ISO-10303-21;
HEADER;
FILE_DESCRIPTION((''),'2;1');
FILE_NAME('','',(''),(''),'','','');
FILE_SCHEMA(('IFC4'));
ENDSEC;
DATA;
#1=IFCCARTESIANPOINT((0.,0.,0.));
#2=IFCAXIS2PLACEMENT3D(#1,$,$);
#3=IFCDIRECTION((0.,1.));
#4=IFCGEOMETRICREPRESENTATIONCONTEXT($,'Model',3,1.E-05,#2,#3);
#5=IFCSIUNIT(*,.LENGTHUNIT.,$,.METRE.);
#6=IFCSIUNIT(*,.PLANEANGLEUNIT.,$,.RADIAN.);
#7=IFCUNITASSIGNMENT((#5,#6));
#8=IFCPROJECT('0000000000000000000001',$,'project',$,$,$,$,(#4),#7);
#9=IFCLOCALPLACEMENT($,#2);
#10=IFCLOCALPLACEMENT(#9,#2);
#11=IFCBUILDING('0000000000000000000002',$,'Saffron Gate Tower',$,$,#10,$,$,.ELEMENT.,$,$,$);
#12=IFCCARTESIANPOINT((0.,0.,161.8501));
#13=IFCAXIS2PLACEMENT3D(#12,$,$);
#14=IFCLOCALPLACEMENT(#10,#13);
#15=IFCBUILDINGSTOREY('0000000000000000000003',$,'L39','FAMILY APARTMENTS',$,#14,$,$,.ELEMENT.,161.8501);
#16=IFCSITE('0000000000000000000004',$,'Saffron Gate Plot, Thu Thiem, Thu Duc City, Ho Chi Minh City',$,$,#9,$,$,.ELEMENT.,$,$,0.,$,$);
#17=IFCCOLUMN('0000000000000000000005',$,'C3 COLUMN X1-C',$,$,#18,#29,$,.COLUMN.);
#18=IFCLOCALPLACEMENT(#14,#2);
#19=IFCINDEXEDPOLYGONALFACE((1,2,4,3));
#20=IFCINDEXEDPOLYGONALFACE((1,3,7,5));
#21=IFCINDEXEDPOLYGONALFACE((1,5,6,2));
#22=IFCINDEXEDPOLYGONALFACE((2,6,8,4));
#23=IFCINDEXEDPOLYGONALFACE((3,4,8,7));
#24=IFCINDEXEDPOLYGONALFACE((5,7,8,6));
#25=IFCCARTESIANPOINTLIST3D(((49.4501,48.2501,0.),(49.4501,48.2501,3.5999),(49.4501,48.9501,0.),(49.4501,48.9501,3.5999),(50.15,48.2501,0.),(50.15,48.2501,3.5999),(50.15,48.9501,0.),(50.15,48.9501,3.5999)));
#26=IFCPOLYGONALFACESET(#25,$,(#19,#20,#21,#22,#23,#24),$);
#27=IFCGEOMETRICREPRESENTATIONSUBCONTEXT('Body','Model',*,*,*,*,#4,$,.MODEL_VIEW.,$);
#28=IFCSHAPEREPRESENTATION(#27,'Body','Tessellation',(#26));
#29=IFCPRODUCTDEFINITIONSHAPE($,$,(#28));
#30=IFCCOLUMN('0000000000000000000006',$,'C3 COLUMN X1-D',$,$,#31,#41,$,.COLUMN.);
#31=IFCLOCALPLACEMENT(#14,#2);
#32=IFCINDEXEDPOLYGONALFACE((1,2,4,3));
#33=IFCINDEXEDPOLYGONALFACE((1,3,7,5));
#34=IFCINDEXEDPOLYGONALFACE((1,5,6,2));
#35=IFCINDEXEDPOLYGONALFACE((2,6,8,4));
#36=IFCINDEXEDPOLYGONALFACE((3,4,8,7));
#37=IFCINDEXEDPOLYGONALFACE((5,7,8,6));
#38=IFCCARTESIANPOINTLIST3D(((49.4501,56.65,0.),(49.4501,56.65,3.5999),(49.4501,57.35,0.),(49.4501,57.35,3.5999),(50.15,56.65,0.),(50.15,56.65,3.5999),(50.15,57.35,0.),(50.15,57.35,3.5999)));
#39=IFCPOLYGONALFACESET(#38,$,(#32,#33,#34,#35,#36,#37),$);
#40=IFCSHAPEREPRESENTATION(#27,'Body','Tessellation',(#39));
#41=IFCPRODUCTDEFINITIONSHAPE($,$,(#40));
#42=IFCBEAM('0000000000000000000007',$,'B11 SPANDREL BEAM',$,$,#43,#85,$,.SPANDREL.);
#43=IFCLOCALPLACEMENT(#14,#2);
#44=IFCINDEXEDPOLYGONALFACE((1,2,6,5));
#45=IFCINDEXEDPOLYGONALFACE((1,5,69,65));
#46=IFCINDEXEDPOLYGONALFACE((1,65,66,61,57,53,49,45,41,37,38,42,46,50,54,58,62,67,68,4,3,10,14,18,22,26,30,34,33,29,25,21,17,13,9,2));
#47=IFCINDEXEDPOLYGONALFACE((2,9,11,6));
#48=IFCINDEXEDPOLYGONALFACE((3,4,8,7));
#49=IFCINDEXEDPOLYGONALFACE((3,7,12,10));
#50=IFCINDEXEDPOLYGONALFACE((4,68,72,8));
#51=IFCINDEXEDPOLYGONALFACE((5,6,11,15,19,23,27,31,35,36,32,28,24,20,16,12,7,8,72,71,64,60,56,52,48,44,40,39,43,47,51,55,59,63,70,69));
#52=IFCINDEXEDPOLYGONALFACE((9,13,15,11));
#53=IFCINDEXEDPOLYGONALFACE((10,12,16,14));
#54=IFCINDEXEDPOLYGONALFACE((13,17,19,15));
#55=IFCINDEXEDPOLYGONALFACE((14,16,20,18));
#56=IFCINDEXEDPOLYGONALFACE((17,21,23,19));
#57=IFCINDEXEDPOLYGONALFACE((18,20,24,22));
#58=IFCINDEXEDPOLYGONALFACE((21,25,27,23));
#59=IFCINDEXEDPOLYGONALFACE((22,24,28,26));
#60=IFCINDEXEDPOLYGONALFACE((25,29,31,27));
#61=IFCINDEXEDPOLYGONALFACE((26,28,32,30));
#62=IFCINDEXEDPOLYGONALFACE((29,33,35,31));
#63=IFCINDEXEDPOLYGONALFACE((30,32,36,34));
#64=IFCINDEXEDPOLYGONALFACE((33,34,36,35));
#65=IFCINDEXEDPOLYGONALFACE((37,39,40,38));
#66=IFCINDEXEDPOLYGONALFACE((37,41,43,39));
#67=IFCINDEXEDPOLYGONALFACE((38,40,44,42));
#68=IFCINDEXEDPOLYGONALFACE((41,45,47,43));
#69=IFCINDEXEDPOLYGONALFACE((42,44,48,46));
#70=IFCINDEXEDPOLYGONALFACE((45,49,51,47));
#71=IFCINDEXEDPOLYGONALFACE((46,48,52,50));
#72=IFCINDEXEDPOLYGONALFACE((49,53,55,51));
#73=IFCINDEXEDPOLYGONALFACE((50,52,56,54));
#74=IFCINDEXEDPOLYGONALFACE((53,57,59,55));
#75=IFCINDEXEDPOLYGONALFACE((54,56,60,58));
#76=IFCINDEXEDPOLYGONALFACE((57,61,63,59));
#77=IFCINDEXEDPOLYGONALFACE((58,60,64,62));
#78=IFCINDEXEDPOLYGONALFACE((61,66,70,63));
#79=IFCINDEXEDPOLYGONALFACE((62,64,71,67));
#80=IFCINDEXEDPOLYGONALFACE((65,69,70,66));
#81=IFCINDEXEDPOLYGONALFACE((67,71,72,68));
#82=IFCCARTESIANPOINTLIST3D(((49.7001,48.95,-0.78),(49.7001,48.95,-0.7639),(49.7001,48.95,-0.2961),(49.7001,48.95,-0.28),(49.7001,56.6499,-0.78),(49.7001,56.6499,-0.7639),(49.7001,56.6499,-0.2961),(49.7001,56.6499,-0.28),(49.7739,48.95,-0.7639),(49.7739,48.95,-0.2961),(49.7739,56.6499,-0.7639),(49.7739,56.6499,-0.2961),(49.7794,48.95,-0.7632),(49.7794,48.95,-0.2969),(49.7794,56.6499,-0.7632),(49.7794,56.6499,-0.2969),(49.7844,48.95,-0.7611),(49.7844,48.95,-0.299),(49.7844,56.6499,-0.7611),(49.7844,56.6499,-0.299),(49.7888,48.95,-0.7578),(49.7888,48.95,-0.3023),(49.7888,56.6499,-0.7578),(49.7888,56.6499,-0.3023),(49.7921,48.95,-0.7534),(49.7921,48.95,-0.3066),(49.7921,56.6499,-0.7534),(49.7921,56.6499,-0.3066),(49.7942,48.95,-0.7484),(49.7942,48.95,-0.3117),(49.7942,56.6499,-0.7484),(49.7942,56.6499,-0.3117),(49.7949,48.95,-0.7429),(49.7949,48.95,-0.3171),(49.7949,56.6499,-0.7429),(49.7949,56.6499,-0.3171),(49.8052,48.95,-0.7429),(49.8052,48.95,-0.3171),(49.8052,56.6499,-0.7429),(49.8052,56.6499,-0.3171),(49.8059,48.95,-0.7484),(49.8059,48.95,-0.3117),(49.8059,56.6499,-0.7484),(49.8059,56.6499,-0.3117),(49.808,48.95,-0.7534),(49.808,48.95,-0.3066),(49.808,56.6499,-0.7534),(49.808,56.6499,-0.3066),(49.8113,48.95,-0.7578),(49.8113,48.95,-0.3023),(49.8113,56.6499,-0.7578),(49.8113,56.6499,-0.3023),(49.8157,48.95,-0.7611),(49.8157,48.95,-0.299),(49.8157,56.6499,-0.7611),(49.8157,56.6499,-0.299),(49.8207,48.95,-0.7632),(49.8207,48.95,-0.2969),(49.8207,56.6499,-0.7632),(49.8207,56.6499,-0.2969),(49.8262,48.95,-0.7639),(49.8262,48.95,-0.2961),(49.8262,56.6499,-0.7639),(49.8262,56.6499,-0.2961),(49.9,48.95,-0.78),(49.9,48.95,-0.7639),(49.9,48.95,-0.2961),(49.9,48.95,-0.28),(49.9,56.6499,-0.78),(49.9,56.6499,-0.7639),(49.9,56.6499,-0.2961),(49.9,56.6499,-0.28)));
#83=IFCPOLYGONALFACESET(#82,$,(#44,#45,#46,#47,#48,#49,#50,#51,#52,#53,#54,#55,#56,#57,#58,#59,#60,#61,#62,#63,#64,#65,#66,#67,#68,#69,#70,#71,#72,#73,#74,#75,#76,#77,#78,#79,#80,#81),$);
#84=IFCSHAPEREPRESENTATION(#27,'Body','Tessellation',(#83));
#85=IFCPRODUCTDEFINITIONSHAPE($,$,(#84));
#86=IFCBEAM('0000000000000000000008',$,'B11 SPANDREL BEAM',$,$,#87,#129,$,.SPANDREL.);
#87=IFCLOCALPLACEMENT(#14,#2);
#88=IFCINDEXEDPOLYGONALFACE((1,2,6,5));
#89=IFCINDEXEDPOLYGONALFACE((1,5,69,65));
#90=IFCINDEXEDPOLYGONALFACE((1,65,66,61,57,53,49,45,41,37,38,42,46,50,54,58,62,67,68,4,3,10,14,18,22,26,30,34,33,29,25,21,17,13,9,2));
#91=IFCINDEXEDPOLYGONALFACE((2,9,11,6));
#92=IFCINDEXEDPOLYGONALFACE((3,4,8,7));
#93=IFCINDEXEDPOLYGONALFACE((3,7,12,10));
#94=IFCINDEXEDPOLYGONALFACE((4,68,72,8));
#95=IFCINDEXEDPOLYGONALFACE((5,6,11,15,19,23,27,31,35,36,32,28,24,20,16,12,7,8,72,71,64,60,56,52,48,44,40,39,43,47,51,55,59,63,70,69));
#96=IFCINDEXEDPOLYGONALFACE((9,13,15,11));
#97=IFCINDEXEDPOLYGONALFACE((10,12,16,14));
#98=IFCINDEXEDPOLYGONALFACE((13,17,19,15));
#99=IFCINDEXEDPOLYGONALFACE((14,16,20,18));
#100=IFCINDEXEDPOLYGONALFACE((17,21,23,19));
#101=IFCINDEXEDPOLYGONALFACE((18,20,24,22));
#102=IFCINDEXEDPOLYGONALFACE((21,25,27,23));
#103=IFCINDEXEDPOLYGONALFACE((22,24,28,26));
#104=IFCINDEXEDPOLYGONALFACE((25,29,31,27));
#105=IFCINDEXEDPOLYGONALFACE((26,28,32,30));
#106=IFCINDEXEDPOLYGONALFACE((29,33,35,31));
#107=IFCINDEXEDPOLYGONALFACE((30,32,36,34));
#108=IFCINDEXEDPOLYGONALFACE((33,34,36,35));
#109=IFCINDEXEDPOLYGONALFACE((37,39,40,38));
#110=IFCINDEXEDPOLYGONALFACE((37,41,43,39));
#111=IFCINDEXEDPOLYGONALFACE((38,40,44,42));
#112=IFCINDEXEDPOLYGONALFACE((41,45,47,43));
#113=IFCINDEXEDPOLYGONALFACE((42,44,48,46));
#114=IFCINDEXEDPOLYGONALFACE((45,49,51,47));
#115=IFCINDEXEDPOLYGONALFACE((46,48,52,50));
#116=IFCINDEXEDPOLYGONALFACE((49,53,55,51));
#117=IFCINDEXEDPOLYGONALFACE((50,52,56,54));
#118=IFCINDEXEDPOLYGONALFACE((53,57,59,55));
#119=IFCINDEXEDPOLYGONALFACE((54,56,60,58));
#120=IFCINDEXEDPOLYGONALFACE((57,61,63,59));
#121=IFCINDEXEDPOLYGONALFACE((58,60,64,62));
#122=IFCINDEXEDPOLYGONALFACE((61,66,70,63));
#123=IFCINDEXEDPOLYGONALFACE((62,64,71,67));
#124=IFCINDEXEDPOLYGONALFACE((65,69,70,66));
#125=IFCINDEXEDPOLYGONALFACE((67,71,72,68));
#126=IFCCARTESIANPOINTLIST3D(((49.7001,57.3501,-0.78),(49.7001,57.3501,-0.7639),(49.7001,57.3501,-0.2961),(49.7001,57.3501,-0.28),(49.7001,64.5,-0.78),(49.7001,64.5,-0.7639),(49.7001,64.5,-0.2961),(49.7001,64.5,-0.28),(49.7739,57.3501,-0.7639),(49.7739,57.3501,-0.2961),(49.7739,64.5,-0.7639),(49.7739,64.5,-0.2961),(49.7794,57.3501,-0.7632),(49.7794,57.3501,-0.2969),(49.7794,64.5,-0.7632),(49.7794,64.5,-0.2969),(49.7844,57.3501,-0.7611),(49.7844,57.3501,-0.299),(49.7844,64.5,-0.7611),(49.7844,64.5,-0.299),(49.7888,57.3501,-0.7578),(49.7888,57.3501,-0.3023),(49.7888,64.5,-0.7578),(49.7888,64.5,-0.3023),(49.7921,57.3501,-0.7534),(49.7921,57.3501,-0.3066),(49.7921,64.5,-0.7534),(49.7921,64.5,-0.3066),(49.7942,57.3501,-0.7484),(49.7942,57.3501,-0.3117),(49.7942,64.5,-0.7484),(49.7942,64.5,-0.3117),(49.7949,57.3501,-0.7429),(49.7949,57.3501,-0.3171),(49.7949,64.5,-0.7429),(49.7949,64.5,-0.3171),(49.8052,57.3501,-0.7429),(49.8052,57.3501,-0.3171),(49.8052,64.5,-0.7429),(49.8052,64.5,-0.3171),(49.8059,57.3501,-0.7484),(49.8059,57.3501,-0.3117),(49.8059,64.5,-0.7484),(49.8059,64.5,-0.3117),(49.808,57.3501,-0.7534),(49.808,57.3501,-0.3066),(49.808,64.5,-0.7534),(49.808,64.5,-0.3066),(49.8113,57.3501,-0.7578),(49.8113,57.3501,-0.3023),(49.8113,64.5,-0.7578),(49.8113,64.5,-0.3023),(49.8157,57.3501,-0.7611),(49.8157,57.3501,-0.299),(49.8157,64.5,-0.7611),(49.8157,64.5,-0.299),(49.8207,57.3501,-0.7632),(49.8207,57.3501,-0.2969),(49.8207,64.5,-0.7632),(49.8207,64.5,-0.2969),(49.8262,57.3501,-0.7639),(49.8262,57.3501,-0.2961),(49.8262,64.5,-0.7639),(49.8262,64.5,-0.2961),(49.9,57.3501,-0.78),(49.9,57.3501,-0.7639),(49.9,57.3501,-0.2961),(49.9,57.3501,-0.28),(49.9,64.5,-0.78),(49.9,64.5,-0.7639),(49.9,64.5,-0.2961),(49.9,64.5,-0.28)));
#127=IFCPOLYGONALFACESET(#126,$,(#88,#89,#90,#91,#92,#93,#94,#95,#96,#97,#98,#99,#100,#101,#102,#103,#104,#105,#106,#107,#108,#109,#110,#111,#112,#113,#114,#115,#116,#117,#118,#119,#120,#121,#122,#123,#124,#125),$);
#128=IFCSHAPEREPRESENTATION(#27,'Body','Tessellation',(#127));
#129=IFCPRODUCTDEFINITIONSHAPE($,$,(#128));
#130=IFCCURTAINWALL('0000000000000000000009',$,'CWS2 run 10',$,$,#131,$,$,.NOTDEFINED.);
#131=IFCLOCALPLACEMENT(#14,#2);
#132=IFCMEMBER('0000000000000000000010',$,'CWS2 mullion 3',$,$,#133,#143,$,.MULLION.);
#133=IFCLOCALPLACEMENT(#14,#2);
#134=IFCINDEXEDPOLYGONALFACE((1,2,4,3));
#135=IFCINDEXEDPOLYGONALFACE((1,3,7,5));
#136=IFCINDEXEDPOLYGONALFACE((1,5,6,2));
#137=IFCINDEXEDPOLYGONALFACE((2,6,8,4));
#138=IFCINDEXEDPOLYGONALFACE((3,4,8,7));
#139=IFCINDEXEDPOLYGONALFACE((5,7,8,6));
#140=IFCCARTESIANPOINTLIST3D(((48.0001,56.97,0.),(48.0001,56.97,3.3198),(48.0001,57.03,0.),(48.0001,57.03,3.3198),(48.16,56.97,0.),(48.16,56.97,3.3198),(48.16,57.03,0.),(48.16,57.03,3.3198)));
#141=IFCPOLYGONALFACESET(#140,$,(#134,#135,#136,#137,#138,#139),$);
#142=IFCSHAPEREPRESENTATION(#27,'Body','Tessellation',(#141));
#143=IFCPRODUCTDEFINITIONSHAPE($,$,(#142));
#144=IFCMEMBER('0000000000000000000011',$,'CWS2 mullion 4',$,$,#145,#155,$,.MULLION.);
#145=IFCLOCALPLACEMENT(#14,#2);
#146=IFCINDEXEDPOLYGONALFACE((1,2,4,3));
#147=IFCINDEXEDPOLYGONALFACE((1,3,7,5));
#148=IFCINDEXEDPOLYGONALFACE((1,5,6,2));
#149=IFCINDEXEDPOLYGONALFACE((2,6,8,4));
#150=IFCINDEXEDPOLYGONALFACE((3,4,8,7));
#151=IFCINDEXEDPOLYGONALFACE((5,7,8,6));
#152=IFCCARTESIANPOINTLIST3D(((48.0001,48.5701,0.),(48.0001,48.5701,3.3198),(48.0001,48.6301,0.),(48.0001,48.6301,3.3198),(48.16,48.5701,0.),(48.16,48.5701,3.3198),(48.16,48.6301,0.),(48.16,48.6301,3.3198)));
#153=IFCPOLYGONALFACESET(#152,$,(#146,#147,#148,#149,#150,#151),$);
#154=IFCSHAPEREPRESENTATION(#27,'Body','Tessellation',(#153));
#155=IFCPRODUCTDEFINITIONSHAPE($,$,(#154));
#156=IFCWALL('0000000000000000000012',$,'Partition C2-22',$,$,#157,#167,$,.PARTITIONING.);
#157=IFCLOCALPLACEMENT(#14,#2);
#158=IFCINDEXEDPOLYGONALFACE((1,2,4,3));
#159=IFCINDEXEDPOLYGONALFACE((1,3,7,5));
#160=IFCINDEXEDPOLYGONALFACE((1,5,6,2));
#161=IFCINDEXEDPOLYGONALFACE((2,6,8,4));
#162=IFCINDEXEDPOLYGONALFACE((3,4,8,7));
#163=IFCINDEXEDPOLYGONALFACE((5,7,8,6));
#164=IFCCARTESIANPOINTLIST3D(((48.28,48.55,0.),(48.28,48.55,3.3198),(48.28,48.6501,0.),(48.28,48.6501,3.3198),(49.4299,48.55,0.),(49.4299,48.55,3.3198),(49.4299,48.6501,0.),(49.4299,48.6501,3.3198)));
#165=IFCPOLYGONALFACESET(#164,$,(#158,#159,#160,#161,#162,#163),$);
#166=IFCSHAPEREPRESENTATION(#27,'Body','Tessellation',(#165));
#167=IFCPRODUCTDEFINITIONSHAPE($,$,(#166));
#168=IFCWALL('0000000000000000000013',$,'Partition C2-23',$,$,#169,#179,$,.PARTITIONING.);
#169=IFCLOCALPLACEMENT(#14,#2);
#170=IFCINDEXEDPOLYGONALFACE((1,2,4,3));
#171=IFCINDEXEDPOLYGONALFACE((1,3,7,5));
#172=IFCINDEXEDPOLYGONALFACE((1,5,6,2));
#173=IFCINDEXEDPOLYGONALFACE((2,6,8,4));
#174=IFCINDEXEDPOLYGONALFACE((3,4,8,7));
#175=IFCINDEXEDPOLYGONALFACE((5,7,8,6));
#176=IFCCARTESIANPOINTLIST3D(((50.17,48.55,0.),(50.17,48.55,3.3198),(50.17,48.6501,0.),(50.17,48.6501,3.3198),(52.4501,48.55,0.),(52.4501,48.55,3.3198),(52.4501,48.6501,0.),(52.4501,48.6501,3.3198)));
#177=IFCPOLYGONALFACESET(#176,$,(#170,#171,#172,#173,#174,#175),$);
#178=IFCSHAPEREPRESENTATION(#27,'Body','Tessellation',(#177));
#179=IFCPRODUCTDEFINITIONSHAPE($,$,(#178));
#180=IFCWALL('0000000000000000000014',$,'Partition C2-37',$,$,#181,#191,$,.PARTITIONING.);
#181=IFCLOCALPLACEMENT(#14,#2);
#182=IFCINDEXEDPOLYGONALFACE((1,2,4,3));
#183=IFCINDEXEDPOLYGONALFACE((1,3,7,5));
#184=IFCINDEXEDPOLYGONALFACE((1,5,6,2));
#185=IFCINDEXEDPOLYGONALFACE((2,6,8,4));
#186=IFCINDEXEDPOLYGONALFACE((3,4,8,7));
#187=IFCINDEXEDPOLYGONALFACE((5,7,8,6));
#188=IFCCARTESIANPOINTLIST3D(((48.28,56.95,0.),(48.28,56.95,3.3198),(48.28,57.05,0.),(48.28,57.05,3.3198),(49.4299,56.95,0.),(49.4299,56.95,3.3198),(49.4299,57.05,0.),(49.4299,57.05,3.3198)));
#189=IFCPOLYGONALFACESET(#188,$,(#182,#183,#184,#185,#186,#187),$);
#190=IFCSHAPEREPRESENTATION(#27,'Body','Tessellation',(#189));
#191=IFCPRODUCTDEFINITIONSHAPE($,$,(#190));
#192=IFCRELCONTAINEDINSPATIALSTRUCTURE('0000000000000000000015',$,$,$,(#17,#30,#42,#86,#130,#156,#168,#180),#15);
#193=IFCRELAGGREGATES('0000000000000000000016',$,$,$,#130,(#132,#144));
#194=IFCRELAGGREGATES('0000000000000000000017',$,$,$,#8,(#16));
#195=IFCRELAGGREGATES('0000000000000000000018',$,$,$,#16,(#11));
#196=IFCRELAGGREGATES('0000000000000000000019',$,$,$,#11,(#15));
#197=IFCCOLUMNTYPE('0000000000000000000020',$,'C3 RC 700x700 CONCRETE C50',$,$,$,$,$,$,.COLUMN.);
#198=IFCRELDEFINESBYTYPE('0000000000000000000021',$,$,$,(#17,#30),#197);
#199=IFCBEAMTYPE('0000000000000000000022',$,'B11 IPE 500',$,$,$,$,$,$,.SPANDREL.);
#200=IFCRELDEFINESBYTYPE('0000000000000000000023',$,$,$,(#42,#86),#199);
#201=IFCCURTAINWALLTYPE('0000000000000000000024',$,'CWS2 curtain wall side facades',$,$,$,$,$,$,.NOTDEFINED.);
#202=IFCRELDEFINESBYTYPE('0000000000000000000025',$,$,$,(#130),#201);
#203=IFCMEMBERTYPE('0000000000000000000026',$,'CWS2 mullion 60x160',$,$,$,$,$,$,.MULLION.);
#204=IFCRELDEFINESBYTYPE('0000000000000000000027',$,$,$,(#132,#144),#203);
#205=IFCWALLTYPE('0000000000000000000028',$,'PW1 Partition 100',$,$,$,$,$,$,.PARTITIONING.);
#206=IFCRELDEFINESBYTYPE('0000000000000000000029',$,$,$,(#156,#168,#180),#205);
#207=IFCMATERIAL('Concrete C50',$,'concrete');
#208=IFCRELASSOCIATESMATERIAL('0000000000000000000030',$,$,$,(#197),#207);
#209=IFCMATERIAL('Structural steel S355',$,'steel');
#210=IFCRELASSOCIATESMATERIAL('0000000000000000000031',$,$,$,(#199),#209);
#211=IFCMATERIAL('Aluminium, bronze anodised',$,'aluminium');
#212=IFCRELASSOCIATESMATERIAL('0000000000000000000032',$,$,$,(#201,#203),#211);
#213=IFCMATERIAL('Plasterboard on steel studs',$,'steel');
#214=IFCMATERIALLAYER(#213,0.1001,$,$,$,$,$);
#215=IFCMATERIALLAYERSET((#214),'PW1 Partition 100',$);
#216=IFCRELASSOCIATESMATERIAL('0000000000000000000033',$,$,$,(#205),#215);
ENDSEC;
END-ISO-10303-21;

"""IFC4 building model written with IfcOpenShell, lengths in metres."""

from ifc_helpers import new_model, si_unit, direction, frame, frame_2d, origin, origin_2d, place, context, subcontext, project, spatial, rectangle, i_section, extrude, material, layer, layer_set, material_profile, profile_set, type_object, element, aggregate, save


model = new_model("IFC4")

# Units and contexts
model_context = context("Model", 3, precision=1e-05, world=origin(), true_north=direction((0.0, 1.0)))
body_context = subcontext(model_context, "Body", "Model", "MODEL_VIEW")
ifc_project = project(units=[si_unit("LENGTHUNIT", "METRE"), si_unit("PLANEANGLEUNIT", "RADIAN")], contexts=[model_context])

# Site, building, storey
site_placement = place(None, origin())
site = spatial("IfcSite", under=ifc_project, at=site_placement, Name="Saffron Gate Plot, Thu Thiem, Thu Duc City, Ho Chi Minh City", CompositionType="ELEMENT", RefElevation=0.0)
building_placement = place(site_placement, origin())
building = spatial("IfcBuilding", under=site, at=building_placement, Name="Saffron Gate Tower", CompositionType="ELEMENT")
storey_placement = place(building_placement, frame((0.0, 0.0, 161.8501)))
storey = spatial("IfcBuildingStorey", under=building, at=storey_placement, Name="L39", Description="FAMILY APARTMENTS", CompositionType="ELEMENT", Elevation=161.8501)

# Columns
ifc_material_1 = material(Name="Concrete C50", Category="concrete")
ifc_material_profile_1 = material_profile(ifc_material_1, rectangle(XDim=0.7, YDim=0.7, at=origin_2d()))
ifc_profile_set_1 = profile_set([ifc_material_profile_1], Name="Concrete C50")
column_type = type_object("IfcColumnType", Name="C3 RC 700x700 CONCRETE C50", PredefinedType="COLUMN", material=ifc_profile_set_1)
for number, where, z_axis, x_axis, name in (
    (1, (49.8, 48.6001, 0.0), (0.0, 0.0, 1.0), (1.0, 0.0, 0.0), "C3 COLUMN X1-C"),
    (2, (49.8, 57.0, 0.0), (0.0, 0.0, 1.0), (1.0, 0.0, 0.0), "C3 COLUMN X1-D"),
):
    element("IfcColumn", number, at=place(storey_placement, frame(where, z_axis=z_axis, x_axis=x_axis)), inside=storey, type_object=column_type, Name=name, PredefinedType="COLUMN", context=body_context, shape_type="SweptSolid", body=[
        extrude(rectangle(XDim=0.7, YDim=0.7, at=origin_2d()), origin(), (0.0, 0.0, 1.0), 3.5999),
    ])

# Beams
ifc_material_2 = material(Name="Structural steel S355", Category="steel")
ifc_material_profile_2 = material_profile(ifc_material_2, i_section(OverallWidth=0.2, OverallDepth=0.5, WebThickness=0.0103, FlangeThickness=0.0161, FilletRadius=0.021, at=origin_2d()))
ifc_profile_set_2 = profile_set([ifc_material_profile_2], Name="Structural steel S355")
beam_type = type_object("IfcBeamType", Name="B11 IPE 500", PredefinedType="SPANDREL", material=ifc_profile_set_2)
beam_1_placement = place(storey_placement, frame((49.8, 48.95, -0.53), z_axis=(0.0, 1.0, 0.0), x_axis=(-1.0, 0.0, 0.0)))
element("IfcBeam", 3, at=beam_1_placement, inside=storey, type_object=beam_type, Name="B11 SPANDREL BEAM", PredefinedType="SPANDREL", context=body_context, shape_type="SweptSolid", body=[
    extrude(i_section(OverallWidth=0.2, OverallDepth=0.5, WebThickness=0.0103, FlangeThickness=0.0161, FilletRadius=0.021, at=origin_2d()), origin(), (0.0, 0.0, 1.0), 7.7),
])
beam_2_placement = place(storey_placement, frame((49.8, 57.3501, -0.53), z_axis=(0.0, 1.0, 0.0), x_axis=(-1.0, 0.0, 0.0)))
element("IfcBeam", 4, at=beam_2_placement, inside=storey, type_object=beam_type, Name="B11 SPANDREL BEAM", PredefinedType="SPANDREL", context=body_context, shape_type="SweptSolid", body=[
    extrude(i_section(OverallWidth=0.2, OverallDepth=0.5, WebThickness=0.0103, FlangeThickness=0.0161, FilletRadius=0.021, at=origin_2d()), origin(), (0.0, 0.0, 1.0), 7.1499),
])

# Curtain wall, members
ifc_material_3 = material(Name="Aluminium, bronze anodised", Category="aluminium")
curtain_wall_type = type_object("IfcCurtainWallType", Name="CWS2 curtain wall side facades", PredefinedType="NOTDEFINED", material=ifc_material_3)
curtain_wall_placement = place(storey_placement, origin())
curtain_wall = element("IfcCurtainWall", 5, at=curtain_wall_placement, inside=storey, type_object=curtain_wall_type, Name="CWS2 run 10", PredefinedType="NOTDEFINED")
ifc_material_profile_3 = material_profile(ifc_material_3, rectangle(XDim=0.1599, YDim=0.0601, at=origin_2d()))
ifc_profile_set_3 = profile_set([ifc_material_profile_3], Name="Aluminium, bronze anodised")
member_type = type_object("IfcMemberType", Name="CWS2 mullion 60x160", PredefinedType="MULLION", material=ifc_profile_set_3)
member_1_placement = place(storey_placement, frame((48.0801, 57.0, 0.0), z_axis=(0.0, 0.0, 1.0), x_axis=(1.0, 0.0, 0.0)))
member_1 = element("IfcMember", 6, at=member_1_placement, type_object=member_type, Name="CWS2 mullion 3", PredefinedType="MULLION", context=body_context, shape_type="SweptSolid", body=[
    extrude(rectangle(XDim=0.1599, YDim=0.0601, at=origin_2d()), origin(), (0.0, 0.0, 1.0), 3.3198),
])
member_2_placement = place(storey_placement, frame((48.0801, 48.6001, 0.0), z_axis=(0.0, 0.0, 1.0), x_axis=(1.0, 0.0, 0.0)))
member_2 = element("IfcMember", 7, at=member_2_placement, type_object=member_type, Name="CWS2 mullion 4", PredefinedType="MULLION", context=body_context, shape_type="SweptSolid", body=[
    extrude(rectangle(XDim=0.1599, YDim=0.0601, at=origin_2d()), origin(), (0.0, 0.0, 1.0), 3.3198),
])
aggregate(curtain_wall, [member_1, member_2])

# Walls
ifc_material_4 = material(Name="Plasterboard on steel studs", Category="steel")
ifc_layer_1 = layer(ifc_material_4, 0.1001)
ifc_layer_set_1 = layer_set([ifc_layer_1], Name="PW1 Partition 100")
wall_type_1 = type_object("IfcWallType", Name="PW1 Partition 100", PredefinedType="PARTITIONING", material=ifc_layer_set_1)
wall_1_placement = place(storey_placement, frame((48.28, 48.6001, 0.0), z_axis=(0.0, 0.0, 1.0), x_axis=(1.0, 0.0, 0.0)))
element("IfcWall", 8, at=wall_1_placement, inside=storey, type_object=wall_type_1, Name="Partition C2-22", PredefinedType="PARTITIONING", context=body_context, shape_type="SweptSolid", body=[
    extrude(rectangle(XDim=1.1499, YDim=0.1001, at=frame_2d((0.575, 0.0))), origin(), (0.0, 0.0, 1.0), 3.3198),
])
wall_2_placement = place(storey_placement, frame((50.1699, 48.6001, 0.0), z_axis=(0.0, 0.0, 1.0), x_axis=(1.0, 0.0, 0.0)))
element("IfcWall", 9, at=wall_2_placement, inside=storey, type_object=wall_type_1, Name="Partition C2-23", PredefinedType="PARTITIONING", context=body_context, shape_type="SweptSolid", body=[
    extrude(rectangle(XDim=2.28, YDim=0.1001, at=frame_2d((1.1401, 0.0))), origin(), (0.0, 0.0, 1.0), 3.3198),
])
wall_3_placement = place(storey_placement, frame((48.28, 57.0, 0.0), z_axis=(0.0, 0.0, 1.0), x_axis=(1.0, 0.0, 0.0)))
element("IfcWall", 10, at=wall_3_placement, inside=storey, type_object=wall_type_1, Name="Partition C2-37", PredefinedType="PARTITIONING", context=body_context, shape_type="SweptSolid", body=[
    extrude(rectangle(XDim=1.1499, YDim=0.1001, at=frame_2d((0.575, 0.0))), origin(), (0.0, 0.0, 1.0), 3.3198),
])

save(model, "model.ifc")
